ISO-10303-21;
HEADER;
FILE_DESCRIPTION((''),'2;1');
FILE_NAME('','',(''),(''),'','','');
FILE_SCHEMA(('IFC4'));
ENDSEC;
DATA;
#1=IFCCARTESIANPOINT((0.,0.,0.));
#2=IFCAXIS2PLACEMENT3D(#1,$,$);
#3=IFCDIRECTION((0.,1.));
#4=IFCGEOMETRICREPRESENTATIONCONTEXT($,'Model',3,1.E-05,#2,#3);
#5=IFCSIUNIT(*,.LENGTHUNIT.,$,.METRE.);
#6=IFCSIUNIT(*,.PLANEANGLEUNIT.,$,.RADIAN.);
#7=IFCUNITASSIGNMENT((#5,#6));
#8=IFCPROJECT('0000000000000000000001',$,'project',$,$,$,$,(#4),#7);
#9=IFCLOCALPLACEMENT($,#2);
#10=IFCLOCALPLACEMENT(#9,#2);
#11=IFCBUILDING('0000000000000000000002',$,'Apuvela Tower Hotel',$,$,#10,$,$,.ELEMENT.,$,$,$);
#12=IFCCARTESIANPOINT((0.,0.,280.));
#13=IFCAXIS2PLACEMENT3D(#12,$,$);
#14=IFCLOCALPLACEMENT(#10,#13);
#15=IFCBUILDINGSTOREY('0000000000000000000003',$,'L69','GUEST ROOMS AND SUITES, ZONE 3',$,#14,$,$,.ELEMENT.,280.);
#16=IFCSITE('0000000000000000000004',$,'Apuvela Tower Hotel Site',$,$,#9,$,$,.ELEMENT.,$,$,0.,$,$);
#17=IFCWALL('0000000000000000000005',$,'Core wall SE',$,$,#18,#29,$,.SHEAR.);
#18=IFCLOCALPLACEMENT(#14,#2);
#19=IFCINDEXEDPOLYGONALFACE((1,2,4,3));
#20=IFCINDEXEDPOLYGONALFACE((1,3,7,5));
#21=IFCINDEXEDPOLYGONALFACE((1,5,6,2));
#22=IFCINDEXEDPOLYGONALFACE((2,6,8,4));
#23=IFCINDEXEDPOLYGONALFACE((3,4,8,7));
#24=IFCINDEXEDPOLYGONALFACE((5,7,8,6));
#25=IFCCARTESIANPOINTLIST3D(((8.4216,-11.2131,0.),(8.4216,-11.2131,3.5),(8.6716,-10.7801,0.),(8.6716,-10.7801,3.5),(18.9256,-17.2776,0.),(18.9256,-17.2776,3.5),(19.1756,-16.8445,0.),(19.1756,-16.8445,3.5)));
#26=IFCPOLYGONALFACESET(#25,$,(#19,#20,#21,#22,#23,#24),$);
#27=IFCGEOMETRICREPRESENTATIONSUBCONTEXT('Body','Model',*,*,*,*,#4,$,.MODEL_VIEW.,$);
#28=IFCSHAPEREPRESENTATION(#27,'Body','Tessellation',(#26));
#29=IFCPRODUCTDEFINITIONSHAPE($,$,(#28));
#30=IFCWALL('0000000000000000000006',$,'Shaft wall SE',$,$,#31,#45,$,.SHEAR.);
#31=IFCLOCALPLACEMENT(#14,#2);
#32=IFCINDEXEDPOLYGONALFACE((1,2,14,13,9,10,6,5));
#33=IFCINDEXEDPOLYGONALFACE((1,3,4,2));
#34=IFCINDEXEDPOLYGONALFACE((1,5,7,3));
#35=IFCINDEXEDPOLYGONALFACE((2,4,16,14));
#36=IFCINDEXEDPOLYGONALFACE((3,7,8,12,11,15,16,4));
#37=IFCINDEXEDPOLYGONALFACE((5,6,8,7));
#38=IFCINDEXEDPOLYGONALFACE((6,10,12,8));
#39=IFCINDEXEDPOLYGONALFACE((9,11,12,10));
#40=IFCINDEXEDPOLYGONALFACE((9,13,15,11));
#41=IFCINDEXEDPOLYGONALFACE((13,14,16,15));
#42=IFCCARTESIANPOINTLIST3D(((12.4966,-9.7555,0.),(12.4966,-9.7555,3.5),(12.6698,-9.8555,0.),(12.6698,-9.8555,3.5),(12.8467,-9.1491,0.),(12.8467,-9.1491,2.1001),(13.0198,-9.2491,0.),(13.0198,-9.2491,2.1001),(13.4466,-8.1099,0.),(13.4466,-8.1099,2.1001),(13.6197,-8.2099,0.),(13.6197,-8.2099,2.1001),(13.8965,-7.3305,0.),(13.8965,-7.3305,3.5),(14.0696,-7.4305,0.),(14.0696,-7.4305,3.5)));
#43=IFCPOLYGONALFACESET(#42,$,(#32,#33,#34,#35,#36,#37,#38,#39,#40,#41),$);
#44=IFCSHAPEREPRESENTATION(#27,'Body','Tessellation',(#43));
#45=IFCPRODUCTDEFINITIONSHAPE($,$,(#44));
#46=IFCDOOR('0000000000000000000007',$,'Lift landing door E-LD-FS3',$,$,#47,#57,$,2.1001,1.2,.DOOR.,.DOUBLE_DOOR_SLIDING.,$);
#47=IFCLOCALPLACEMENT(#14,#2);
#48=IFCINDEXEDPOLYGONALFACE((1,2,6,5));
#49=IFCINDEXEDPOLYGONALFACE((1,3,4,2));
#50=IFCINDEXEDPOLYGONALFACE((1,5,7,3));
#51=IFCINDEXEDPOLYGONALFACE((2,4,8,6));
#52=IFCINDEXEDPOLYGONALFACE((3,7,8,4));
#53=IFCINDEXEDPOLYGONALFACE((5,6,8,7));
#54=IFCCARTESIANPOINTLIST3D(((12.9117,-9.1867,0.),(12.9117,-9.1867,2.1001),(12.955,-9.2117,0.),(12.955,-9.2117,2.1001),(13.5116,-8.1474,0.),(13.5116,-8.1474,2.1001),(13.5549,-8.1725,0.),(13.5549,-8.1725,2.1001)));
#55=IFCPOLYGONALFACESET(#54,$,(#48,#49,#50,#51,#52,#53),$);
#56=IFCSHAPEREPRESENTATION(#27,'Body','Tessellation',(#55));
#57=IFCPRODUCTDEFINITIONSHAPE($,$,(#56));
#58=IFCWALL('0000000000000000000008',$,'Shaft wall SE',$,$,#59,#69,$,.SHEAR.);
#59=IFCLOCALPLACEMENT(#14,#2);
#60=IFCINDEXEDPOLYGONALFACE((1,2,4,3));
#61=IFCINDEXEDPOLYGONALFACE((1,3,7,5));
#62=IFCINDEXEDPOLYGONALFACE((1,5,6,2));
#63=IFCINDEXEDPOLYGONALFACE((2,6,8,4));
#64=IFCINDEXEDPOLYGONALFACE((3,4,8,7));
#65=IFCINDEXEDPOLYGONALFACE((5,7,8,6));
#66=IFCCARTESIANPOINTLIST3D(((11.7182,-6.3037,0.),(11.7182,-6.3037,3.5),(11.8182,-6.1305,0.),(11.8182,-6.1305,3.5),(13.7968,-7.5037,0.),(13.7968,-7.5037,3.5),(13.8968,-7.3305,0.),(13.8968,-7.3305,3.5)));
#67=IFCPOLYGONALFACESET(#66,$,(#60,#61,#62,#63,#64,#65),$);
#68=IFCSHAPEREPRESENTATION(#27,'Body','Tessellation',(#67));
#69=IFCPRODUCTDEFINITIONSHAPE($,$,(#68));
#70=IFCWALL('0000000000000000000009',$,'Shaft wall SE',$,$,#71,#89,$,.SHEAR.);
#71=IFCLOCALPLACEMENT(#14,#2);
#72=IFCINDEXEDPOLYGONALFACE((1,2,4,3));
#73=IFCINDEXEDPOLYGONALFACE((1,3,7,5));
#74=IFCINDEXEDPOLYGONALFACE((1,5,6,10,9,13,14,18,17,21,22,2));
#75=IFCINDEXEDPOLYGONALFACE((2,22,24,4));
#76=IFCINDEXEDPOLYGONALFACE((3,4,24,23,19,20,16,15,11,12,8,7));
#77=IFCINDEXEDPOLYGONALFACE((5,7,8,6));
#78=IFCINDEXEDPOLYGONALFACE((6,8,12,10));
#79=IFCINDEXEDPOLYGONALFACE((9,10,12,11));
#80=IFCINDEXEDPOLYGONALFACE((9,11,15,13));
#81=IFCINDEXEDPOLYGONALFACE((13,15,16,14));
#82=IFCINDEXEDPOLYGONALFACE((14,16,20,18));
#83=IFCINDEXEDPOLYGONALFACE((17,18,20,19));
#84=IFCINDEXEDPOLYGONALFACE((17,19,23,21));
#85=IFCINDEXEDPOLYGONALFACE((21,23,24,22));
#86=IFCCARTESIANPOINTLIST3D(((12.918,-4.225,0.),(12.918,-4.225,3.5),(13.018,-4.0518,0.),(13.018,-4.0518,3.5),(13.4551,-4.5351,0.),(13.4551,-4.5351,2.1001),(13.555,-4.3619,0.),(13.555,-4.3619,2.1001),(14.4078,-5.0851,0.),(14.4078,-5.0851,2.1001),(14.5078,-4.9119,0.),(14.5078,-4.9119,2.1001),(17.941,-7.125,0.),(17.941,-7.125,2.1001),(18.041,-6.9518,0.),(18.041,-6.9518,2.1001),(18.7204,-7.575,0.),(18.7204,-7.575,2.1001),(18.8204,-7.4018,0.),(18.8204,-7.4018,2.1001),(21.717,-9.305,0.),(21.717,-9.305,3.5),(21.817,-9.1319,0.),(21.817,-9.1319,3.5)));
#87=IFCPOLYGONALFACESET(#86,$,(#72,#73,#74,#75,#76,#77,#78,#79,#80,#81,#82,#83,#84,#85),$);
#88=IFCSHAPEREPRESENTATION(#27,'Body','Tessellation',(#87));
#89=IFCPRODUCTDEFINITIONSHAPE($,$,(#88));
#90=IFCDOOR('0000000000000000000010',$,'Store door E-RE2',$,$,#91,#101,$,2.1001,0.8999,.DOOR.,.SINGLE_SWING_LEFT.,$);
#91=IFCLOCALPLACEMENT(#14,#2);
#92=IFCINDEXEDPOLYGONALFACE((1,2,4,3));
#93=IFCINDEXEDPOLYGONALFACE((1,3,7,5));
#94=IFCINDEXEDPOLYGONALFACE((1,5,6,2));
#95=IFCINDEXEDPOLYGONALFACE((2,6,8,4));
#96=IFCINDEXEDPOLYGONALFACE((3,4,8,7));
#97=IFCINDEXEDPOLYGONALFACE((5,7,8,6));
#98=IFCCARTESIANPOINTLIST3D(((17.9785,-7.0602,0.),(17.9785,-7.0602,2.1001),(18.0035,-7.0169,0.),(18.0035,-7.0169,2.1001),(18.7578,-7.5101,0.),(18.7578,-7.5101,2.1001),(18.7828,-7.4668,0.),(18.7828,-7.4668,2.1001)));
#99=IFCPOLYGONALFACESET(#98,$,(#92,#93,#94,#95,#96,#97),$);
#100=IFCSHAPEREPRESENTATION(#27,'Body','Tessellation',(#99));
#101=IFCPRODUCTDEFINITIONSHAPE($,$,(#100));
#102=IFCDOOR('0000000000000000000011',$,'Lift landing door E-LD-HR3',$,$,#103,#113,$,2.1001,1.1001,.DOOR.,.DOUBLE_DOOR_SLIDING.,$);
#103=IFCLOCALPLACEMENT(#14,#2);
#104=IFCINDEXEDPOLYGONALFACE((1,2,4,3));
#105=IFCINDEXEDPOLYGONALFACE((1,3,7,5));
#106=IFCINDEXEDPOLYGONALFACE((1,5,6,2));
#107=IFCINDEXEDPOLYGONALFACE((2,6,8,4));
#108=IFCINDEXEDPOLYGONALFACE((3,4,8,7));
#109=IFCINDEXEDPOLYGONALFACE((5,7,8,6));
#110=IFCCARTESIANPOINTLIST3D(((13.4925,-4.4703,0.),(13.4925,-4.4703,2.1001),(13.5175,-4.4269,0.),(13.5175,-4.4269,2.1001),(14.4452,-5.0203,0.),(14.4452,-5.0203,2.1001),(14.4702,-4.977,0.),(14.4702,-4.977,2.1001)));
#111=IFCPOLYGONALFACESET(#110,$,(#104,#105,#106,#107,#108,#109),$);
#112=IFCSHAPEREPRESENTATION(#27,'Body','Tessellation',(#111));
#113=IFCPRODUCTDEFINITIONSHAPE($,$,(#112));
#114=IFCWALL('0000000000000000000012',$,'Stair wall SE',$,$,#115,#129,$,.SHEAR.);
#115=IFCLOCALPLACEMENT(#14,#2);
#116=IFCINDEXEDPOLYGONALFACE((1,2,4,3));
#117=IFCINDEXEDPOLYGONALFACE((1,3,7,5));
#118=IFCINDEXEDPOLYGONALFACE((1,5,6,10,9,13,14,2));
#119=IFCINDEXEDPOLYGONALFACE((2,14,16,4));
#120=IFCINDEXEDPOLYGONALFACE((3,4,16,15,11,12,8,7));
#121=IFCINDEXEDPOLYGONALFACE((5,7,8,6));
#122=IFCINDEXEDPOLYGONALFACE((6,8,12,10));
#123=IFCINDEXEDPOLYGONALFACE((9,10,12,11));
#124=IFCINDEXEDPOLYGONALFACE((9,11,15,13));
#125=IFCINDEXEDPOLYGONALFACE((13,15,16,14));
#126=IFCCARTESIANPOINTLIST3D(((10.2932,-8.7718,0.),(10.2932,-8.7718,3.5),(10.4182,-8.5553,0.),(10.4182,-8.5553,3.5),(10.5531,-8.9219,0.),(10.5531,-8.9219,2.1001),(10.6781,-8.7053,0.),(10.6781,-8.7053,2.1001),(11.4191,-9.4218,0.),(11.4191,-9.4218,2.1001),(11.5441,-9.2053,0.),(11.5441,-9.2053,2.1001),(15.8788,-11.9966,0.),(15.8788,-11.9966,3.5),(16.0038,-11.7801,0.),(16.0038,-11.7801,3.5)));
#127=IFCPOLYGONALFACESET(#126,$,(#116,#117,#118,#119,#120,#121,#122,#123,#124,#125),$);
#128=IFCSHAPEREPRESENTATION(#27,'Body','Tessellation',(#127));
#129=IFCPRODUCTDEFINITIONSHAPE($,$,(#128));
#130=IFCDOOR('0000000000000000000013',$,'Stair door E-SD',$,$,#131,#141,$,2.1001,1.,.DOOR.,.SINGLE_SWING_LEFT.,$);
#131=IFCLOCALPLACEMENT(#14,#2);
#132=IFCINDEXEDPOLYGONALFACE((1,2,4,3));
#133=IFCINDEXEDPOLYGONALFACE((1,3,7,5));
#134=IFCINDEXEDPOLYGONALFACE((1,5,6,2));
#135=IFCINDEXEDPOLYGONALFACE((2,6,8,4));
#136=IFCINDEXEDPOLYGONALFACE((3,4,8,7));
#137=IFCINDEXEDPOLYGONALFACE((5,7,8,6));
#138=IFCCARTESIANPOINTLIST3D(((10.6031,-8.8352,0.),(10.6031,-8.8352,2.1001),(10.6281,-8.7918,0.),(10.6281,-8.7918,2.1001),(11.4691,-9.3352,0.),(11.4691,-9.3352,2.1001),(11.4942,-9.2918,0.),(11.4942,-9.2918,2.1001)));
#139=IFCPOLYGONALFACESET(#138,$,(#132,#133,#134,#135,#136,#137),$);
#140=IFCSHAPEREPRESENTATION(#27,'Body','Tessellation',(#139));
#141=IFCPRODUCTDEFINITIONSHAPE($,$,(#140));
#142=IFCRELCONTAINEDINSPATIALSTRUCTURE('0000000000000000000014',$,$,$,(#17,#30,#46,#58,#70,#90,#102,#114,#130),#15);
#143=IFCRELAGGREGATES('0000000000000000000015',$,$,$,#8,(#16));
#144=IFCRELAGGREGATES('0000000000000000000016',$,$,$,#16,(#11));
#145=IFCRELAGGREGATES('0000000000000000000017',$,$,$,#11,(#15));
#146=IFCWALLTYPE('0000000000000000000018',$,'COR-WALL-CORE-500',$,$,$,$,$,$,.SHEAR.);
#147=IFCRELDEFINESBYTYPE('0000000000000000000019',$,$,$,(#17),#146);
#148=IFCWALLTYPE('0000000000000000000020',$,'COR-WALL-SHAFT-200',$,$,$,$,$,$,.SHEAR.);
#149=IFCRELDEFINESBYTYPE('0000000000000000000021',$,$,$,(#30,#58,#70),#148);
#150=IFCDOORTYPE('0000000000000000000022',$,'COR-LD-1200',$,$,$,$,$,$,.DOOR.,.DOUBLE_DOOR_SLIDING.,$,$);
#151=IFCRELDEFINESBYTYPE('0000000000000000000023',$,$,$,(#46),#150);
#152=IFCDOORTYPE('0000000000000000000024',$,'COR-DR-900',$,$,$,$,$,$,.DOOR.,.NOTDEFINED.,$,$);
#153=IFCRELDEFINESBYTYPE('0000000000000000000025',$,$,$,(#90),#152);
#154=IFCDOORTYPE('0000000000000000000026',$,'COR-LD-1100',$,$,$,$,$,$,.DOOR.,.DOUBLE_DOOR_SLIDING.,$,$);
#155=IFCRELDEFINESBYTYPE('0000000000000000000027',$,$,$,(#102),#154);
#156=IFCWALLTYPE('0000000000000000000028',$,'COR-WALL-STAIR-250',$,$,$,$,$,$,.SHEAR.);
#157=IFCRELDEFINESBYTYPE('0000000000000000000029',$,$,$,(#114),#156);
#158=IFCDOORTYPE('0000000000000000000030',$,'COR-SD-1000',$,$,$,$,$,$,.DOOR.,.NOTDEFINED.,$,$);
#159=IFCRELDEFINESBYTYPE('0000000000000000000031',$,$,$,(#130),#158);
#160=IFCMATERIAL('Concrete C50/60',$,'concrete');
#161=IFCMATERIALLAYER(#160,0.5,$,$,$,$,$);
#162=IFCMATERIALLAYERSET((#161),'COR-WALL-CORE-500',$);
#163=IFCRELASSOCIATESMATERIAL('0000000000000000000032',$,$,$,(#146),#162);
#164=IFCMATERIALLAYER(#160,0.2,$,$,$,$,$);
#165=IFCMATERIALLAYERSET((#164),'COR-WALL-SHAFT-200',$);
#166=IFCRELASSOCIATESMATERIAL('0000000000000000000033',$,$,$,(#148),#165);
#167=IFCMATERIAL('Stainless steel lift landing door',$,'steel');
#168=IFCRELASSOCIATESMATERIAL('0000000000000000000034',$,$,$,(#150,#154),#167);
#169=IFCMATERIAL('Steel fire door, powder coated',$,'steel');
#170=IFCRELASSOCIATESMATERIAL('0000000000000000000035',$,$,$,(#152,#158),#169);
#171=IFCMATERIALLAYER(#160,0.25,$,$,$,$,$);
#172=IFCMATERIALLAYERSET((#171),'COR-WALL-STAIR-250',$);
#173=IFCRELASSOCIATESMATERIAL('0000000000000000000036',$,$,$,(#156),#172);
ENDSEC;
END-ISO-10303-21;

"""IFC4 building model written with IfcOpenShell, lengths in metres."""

from ifc_helpers import new_model, si_unit, direction, frame, frame_2d, origin, place, context, subcontext, project, spatial, rectangle, extrude, material, layer, layer_set, type_object, element, fill, save


model = new_model("IFC4")

# Units and contexts
model_context = context("Model", 3, precision=1e-05, world=origin(), true_north=direction((0.0, 1.0)))
body_context = subcontext(model_context, "Body", "Model", "MODEL_VIEW")
ifc_project = project(units=[si_unit("LENGTHUNIT", "METRE"), si_unit("PLANEANGLEUNIT", "RADIAN")], contexts=[model_context])

# Site, building, storey
site_placement = place(None, origin())
site = spatial("IfcSite", under=ifc_project, at=site_placement, Name="Apuvela Tower Hotel Site", CompositionType="ELEMENT", RefElevation=0.0)
building_placement = place(site_placement, origin())
building = spatial("IfcBuilding", under=site, at=building_placement, Name="Apuvela Tower Hotel", CompositionType="ELEMENT")
storey_placement = place(building_placement, frame((0.0, 0.0, 280.0)))
storey = spatial("IfcBuildingStorey", under=building, at=storey_placement, Name="L69", Description="GUEST ROOMS AND SUITES, ZONE 3", CompositionType="ELEMENT", Elevation=280.0)

# Shared definitions
ifc_material_1 = material(Name="Concrete C50/60", Category="concrete")

# Shared definitions
ifc_material_2 = material(Name="Steel fire door, powder coated", Category="steel")

# Wall
ifc_layer_1 = layer(ifc_material_1, 0.5)
ifc_layer_set_1 = layer_set([ifc_layer_1], Name="COR-WALL-CORE-500")
wall_type_1 = type_object("IfcWallType", Name="COR-WALL-CORE-500", PredefinedType="SHEAR", material=ifc_layer_set_1)
wall_1_placement = place(storey_placement, frame((8.5466, -10.9966, 0.0), z_axis=(0.0, 0.0, 1.0), x_axis=(0.866025, -0.500001, 0.0)))
element("IfcWall", 1, at=wall_1_placement, inside=storey, type_object=wall_type_1, Name="Core wall SE", PredefinedType="SHEAR", context=body_context, shape_type="SweptSolid", body=[
    extrude(rectangle(XDim=12.1289, YDim=0.5, at=frame_2d((6.0645, 0.0))), origin(), (0.0, 0.0, 1.0), 3.5),
])

# Wall, opening, door
ifc_layer_2 = layer(ifc_material_1, 0.2)
ifc_layer_set_2 = layer_set([ifc_layer_2], Name="COR-WALL-SHAFT-200")
wall_type_2 = type_object("IfcWallType", Name="COR-WALL-SHAFT-200", PredefinedType="SHEAR", material=ifc_layer_set_2)
wall_2_placement = place(storey_placement, frame((12.5833, -9.8054, 0.0), z_axis=(0.0, 0.0, 1.0), x_axis=(0.499946, 0.866056, 0.0)))
wall_2 = element("IfcWall", 2, at=wall_2_placement, inside=storey, type_object=wall_type_2, Name="Shaft wall SE", PredefinedType="SHEAR", context=body_context, shape_type="SweptSolid", body=[
    extrude(rectangle(XDim=2.8, YDim=0.2, at=frame_2d((1.3999, 0.0))), origin(), (0.0, 0.0, 1.0), 3.5),
])
opening_1_placement = place(wall_2_placement, frame((0.7, 0.0, 0.0)))
opening_1 = element("IfcOpeningElement", 3, at=opening_1_placement, cuts=wall_2, PredefinedType="OPENING", context=body_context, shape_type="SweptSolid", body=[
    extrude(rectangle(XDim=1.2, YDim=2.1001, at=frame_2d((0.6001, 1.05))), frame((0.0, 0.1099, 0.0), z_axis=(0.0, -1.0, 0.0), x_axis=(1.0, 0.0, 0.0)), (0.0, 0.0, 1.0), 0.22),
])
ifc_material_3 = material(Name="Stainless steel lift landing door", Category="steel")
door_type_1 = type_object("IfcDoorType", Name="COR-LD-1200", OperationType="DOUBLE_DOOR_SLIDING", PredefinedType="DOOR", material=ifc_material_3)
door_1_placement = place(opening_1_placement, origin())
door_1 = element("IfcDoor", 4, at=door_1_placement, inside=storey, type_object=door_type_1, Name="Lift landing door E-LD-FS3", OperationType="DOUBLE_DOOR_SLIDING", OverallHeight=2.1001, OverallWidth=1.2, PredefinedType="DOOR", context=body_context, shape_type="SweptSolid", body=[
    extrude(rectangle(XDim=1.2, YDim=2.1001, at=frame_2d((0.6001, 1.05))), frame((0.0, 0.0249, 0.0), z_axis=(0.0, -1.0, 0.0), x_axis=(1.0, 0.0, 0.0)), (0.0, 0.0, 1.0), 0.05),
])
fill(opening_1, door_1)

# Wall
wall_3_placement = place(storey_placement, frame((11.7681, -6.217, 0.0), z_axis=(0.0, 0.0, 1.0), x_axis=(0.86605, -0.499957, 0.0)))
element("IfcWall", 5, at=wall_3_placement, inside=storey, type_object=wall_type_2, Name="Shaft wall SE", PredefinedType="SHEAR", context=body_context, shape_type="SweptSolid", body=[
    extrude(rectangle(XDim=2.4001, YDim=0.2, at=frame_2d((1.2002, 0.0))), origin(), (0.0, 0.0, 1.0), 3.5),
])

# Wall, openings, doors
wall_4_placement = place(storey_placement, frame((12.968, -4.1384, 0.0), z_axis=(0.0, 0.0, 1.0), x_axis=(0.866028, -0.499995, 0.0)))
wall_4 = element("IfcWall", 6, at=wall_4_placement, inside=storey, type_object=wall_type_2, Name="Shaft wall SE", PredefinedType="SHEAR", context=body_context, shape_type="SweptSolid", body=[
    extrude(rectangle(XDim=10.1602, YDim=0.2, at=frame_2d((5.0801, 0.0))), origin(), (0.0, 0.0, 1.0), 3.5),
])
opening_2_placement = place(wall_4_placement, frame((0.6201, 0.0, 0.0)))
opening_2 = element("IfcOpeningElement", 7, at=opening_2_placement, cuts=wall_4, PredefinedType="OPENING", context=body_context, shape_type="SweptSolid", body=[
    extrude(rectangle(XDim=1.1001, YDim=2.1001, at=frame_2d((0.55, 1.05))), frame((0.0, 0.1099, 0.0), z_axis=(0.0, -1.0, 0.0), x_axis=(1.0, 0.0, 0.0)), (0.0, 0.0, 1.0), 0.22),
])
opening_3_placement = place(wall_4_placement, frame((5.8, 0.0, 0.0)))
opening_3 = element("IfcOpeningElement", 8, at=opening_3_placement, cuts=wall_4, PredefinedType="OPENING", context=body_context, shape_type="SweptSolid", body=[
    extrude(rectangle(XDim=0.8999, YDim=2.1001, at=frame_2d((0.45, 1.05))), frame((0.0, 0.1099, 0.0), z_axis=(0.0, -1.0, 0.0), x_axis=(1.0, 0.0, 0.0)), (0.0, 0.0, 1.0), 0.22),
])
door_type_2 = type_object("IfcDoorType", Name="COR-DR-900", OperationType="NOTDEFINED", PredefinedType="DOOR", material=ifc_material_2)
door_2_placement = place(opening_3_placement, origin())
door_2 = element("IfcDoor", 9, at=door_2_placement, inside=storey, type_object=door_type_2, Name="Store door E-RE2", OperationType="SINGLE_SWING_LEFT", OverallHeight=2.1001, OverallWidth=0.8999, PredefinedType="DOOR", context=body_context, shape_type="SweptSolid", body=[
    extrude(rectangle(XDim=0.8999, YDim=2.1001, at=frame_2d((0.45, 1.05))), frame((0.0, 0.0249, 0.0), z_axis=(0.0, -1.0, 0.0), x_axis=(1.0, 0.0, 0.0)), (0.0, 0.0, 1.0), 0.05),
])
fill(opening_3, door_2)
door_type_3 = type_object("IfcDoorType", Name="COR-LD-1100", OperationType="DOUBLE_DOOR_SLIDING", PredefinedType="DOOR", material=ifc_material_3)
door_3_placement = place(opening_2_placement, origin())
door_3 = element("IfcDoor", 10, at=door_3_placement, inside=storey, type_object=door_type_3, Name="Lift landing door E-LD-HR3", OperationType="DOUBLE_DOOR_SLIDING", OverallHeight=2.1001, OverallWidth=1.1001, PredefinedType="DOOR", context=body_context, shape_type="SweptSolid", body=[
    extrude(rectangle(XDim=1.1001, YDim=2.1001, at=frame_2d((0.55, 1.05))), frame((0.0, 0.0249, 0.0), z_axis=(0.0, -1.0, 0.0), x_axis=(1.0, 0.0, 0.0)), (0.0, 0.0, 1.0), 0.05),
])
fill(opening_2, door_3)

# Wall, opening, door
ifc_layer_3 = layer(ifc_material_1, 0.25)
ifc_layer_set_3 = layer_set([ifc_layer_3], Name="COR-WALL-STAIR-250")
wall_type_3 = type_object("IfcWallType", Name="COR-WALL-STAIR-250", PredefinedType="SHEAR", material=ifc_layer_set_3)
wall_5_placement = place(storey_placement, frame((10.3557, -8.6636, 0.0), z_axis=(0.0, 0.0, 1.0), x_axis=(0.866029, -0.499994, 0.0)))
wall_5 = element("IfcWall", 11, at=wall_5_placement, inside=storey, type_object=wall_type_3, Name="Stair wall SE", PredefinedType="SHEAR", context=body_context, shape_type="SweptSolid", body=[
    extrude(rectangle(XDim=6.4497, YDim=0.25, at=frame_2d((3.2249, 0.0))), origin(), (0.0, 0.0, 1.0), 3.5),
])
opening_4_placement = place(wall_5_placement, frame((0.3, 0.0, 0.0)))
opening_4 = element("IfcOpeningElement", 12, at=opening_4_placement, cuts=wall_5, PredefinedType="OPENING", context=body_context, shape_type="SweptSolid", body=[
    extrude(rectangle(XDim=1.0, YDim=2.1001, at=frame_2d((0.5, 1.05))), frame((0.0, 0.135, 0.0), z_axis=(0.0, -1.0, 0.0), x_axis=(1.0, 0.0, 0.0)), (0.0, 0.0, 1.0), 0.27),
])
door_type_4 = type_object("IfcDoorType", Name="COR-SD-1000", OperationType="NOTDEFINED", PredefinedType="DOOR", material=ifc_material_2)
door_4_placement = place(opening_4_placement, frame((1.0, 0.0, 0.0), z_axis=(0.0, 0.0, 1.0), x_axis=(-1.0, 0.0, 0.0)))
door_4 = element("IfcDoor", 13, at=door_4_placement, inside=storey, type_object=door_type_4, Name="Stair door E-SD", OperationType="SINGLE_SWING_LEFT", OverallHeight=2.1001, OverallWidth=1.0, PredefinedType="DOOR", context=body_context, shape_type="SweptSolid", body=[
    extrude(rectangle(XDim=1.0, YDim=2.1001, at=frame_2d((0.5, 1.05))), frame((0.0, 0.0249, 0.0), z_axis=(0.0, -1.0, 0.0), x_axis=(1.0, 0.0, 0.0)), (0.0, 0.0, 1.0), 0.05),
])
fill(opening_4, door_4)

save(model, "model.ifc")
